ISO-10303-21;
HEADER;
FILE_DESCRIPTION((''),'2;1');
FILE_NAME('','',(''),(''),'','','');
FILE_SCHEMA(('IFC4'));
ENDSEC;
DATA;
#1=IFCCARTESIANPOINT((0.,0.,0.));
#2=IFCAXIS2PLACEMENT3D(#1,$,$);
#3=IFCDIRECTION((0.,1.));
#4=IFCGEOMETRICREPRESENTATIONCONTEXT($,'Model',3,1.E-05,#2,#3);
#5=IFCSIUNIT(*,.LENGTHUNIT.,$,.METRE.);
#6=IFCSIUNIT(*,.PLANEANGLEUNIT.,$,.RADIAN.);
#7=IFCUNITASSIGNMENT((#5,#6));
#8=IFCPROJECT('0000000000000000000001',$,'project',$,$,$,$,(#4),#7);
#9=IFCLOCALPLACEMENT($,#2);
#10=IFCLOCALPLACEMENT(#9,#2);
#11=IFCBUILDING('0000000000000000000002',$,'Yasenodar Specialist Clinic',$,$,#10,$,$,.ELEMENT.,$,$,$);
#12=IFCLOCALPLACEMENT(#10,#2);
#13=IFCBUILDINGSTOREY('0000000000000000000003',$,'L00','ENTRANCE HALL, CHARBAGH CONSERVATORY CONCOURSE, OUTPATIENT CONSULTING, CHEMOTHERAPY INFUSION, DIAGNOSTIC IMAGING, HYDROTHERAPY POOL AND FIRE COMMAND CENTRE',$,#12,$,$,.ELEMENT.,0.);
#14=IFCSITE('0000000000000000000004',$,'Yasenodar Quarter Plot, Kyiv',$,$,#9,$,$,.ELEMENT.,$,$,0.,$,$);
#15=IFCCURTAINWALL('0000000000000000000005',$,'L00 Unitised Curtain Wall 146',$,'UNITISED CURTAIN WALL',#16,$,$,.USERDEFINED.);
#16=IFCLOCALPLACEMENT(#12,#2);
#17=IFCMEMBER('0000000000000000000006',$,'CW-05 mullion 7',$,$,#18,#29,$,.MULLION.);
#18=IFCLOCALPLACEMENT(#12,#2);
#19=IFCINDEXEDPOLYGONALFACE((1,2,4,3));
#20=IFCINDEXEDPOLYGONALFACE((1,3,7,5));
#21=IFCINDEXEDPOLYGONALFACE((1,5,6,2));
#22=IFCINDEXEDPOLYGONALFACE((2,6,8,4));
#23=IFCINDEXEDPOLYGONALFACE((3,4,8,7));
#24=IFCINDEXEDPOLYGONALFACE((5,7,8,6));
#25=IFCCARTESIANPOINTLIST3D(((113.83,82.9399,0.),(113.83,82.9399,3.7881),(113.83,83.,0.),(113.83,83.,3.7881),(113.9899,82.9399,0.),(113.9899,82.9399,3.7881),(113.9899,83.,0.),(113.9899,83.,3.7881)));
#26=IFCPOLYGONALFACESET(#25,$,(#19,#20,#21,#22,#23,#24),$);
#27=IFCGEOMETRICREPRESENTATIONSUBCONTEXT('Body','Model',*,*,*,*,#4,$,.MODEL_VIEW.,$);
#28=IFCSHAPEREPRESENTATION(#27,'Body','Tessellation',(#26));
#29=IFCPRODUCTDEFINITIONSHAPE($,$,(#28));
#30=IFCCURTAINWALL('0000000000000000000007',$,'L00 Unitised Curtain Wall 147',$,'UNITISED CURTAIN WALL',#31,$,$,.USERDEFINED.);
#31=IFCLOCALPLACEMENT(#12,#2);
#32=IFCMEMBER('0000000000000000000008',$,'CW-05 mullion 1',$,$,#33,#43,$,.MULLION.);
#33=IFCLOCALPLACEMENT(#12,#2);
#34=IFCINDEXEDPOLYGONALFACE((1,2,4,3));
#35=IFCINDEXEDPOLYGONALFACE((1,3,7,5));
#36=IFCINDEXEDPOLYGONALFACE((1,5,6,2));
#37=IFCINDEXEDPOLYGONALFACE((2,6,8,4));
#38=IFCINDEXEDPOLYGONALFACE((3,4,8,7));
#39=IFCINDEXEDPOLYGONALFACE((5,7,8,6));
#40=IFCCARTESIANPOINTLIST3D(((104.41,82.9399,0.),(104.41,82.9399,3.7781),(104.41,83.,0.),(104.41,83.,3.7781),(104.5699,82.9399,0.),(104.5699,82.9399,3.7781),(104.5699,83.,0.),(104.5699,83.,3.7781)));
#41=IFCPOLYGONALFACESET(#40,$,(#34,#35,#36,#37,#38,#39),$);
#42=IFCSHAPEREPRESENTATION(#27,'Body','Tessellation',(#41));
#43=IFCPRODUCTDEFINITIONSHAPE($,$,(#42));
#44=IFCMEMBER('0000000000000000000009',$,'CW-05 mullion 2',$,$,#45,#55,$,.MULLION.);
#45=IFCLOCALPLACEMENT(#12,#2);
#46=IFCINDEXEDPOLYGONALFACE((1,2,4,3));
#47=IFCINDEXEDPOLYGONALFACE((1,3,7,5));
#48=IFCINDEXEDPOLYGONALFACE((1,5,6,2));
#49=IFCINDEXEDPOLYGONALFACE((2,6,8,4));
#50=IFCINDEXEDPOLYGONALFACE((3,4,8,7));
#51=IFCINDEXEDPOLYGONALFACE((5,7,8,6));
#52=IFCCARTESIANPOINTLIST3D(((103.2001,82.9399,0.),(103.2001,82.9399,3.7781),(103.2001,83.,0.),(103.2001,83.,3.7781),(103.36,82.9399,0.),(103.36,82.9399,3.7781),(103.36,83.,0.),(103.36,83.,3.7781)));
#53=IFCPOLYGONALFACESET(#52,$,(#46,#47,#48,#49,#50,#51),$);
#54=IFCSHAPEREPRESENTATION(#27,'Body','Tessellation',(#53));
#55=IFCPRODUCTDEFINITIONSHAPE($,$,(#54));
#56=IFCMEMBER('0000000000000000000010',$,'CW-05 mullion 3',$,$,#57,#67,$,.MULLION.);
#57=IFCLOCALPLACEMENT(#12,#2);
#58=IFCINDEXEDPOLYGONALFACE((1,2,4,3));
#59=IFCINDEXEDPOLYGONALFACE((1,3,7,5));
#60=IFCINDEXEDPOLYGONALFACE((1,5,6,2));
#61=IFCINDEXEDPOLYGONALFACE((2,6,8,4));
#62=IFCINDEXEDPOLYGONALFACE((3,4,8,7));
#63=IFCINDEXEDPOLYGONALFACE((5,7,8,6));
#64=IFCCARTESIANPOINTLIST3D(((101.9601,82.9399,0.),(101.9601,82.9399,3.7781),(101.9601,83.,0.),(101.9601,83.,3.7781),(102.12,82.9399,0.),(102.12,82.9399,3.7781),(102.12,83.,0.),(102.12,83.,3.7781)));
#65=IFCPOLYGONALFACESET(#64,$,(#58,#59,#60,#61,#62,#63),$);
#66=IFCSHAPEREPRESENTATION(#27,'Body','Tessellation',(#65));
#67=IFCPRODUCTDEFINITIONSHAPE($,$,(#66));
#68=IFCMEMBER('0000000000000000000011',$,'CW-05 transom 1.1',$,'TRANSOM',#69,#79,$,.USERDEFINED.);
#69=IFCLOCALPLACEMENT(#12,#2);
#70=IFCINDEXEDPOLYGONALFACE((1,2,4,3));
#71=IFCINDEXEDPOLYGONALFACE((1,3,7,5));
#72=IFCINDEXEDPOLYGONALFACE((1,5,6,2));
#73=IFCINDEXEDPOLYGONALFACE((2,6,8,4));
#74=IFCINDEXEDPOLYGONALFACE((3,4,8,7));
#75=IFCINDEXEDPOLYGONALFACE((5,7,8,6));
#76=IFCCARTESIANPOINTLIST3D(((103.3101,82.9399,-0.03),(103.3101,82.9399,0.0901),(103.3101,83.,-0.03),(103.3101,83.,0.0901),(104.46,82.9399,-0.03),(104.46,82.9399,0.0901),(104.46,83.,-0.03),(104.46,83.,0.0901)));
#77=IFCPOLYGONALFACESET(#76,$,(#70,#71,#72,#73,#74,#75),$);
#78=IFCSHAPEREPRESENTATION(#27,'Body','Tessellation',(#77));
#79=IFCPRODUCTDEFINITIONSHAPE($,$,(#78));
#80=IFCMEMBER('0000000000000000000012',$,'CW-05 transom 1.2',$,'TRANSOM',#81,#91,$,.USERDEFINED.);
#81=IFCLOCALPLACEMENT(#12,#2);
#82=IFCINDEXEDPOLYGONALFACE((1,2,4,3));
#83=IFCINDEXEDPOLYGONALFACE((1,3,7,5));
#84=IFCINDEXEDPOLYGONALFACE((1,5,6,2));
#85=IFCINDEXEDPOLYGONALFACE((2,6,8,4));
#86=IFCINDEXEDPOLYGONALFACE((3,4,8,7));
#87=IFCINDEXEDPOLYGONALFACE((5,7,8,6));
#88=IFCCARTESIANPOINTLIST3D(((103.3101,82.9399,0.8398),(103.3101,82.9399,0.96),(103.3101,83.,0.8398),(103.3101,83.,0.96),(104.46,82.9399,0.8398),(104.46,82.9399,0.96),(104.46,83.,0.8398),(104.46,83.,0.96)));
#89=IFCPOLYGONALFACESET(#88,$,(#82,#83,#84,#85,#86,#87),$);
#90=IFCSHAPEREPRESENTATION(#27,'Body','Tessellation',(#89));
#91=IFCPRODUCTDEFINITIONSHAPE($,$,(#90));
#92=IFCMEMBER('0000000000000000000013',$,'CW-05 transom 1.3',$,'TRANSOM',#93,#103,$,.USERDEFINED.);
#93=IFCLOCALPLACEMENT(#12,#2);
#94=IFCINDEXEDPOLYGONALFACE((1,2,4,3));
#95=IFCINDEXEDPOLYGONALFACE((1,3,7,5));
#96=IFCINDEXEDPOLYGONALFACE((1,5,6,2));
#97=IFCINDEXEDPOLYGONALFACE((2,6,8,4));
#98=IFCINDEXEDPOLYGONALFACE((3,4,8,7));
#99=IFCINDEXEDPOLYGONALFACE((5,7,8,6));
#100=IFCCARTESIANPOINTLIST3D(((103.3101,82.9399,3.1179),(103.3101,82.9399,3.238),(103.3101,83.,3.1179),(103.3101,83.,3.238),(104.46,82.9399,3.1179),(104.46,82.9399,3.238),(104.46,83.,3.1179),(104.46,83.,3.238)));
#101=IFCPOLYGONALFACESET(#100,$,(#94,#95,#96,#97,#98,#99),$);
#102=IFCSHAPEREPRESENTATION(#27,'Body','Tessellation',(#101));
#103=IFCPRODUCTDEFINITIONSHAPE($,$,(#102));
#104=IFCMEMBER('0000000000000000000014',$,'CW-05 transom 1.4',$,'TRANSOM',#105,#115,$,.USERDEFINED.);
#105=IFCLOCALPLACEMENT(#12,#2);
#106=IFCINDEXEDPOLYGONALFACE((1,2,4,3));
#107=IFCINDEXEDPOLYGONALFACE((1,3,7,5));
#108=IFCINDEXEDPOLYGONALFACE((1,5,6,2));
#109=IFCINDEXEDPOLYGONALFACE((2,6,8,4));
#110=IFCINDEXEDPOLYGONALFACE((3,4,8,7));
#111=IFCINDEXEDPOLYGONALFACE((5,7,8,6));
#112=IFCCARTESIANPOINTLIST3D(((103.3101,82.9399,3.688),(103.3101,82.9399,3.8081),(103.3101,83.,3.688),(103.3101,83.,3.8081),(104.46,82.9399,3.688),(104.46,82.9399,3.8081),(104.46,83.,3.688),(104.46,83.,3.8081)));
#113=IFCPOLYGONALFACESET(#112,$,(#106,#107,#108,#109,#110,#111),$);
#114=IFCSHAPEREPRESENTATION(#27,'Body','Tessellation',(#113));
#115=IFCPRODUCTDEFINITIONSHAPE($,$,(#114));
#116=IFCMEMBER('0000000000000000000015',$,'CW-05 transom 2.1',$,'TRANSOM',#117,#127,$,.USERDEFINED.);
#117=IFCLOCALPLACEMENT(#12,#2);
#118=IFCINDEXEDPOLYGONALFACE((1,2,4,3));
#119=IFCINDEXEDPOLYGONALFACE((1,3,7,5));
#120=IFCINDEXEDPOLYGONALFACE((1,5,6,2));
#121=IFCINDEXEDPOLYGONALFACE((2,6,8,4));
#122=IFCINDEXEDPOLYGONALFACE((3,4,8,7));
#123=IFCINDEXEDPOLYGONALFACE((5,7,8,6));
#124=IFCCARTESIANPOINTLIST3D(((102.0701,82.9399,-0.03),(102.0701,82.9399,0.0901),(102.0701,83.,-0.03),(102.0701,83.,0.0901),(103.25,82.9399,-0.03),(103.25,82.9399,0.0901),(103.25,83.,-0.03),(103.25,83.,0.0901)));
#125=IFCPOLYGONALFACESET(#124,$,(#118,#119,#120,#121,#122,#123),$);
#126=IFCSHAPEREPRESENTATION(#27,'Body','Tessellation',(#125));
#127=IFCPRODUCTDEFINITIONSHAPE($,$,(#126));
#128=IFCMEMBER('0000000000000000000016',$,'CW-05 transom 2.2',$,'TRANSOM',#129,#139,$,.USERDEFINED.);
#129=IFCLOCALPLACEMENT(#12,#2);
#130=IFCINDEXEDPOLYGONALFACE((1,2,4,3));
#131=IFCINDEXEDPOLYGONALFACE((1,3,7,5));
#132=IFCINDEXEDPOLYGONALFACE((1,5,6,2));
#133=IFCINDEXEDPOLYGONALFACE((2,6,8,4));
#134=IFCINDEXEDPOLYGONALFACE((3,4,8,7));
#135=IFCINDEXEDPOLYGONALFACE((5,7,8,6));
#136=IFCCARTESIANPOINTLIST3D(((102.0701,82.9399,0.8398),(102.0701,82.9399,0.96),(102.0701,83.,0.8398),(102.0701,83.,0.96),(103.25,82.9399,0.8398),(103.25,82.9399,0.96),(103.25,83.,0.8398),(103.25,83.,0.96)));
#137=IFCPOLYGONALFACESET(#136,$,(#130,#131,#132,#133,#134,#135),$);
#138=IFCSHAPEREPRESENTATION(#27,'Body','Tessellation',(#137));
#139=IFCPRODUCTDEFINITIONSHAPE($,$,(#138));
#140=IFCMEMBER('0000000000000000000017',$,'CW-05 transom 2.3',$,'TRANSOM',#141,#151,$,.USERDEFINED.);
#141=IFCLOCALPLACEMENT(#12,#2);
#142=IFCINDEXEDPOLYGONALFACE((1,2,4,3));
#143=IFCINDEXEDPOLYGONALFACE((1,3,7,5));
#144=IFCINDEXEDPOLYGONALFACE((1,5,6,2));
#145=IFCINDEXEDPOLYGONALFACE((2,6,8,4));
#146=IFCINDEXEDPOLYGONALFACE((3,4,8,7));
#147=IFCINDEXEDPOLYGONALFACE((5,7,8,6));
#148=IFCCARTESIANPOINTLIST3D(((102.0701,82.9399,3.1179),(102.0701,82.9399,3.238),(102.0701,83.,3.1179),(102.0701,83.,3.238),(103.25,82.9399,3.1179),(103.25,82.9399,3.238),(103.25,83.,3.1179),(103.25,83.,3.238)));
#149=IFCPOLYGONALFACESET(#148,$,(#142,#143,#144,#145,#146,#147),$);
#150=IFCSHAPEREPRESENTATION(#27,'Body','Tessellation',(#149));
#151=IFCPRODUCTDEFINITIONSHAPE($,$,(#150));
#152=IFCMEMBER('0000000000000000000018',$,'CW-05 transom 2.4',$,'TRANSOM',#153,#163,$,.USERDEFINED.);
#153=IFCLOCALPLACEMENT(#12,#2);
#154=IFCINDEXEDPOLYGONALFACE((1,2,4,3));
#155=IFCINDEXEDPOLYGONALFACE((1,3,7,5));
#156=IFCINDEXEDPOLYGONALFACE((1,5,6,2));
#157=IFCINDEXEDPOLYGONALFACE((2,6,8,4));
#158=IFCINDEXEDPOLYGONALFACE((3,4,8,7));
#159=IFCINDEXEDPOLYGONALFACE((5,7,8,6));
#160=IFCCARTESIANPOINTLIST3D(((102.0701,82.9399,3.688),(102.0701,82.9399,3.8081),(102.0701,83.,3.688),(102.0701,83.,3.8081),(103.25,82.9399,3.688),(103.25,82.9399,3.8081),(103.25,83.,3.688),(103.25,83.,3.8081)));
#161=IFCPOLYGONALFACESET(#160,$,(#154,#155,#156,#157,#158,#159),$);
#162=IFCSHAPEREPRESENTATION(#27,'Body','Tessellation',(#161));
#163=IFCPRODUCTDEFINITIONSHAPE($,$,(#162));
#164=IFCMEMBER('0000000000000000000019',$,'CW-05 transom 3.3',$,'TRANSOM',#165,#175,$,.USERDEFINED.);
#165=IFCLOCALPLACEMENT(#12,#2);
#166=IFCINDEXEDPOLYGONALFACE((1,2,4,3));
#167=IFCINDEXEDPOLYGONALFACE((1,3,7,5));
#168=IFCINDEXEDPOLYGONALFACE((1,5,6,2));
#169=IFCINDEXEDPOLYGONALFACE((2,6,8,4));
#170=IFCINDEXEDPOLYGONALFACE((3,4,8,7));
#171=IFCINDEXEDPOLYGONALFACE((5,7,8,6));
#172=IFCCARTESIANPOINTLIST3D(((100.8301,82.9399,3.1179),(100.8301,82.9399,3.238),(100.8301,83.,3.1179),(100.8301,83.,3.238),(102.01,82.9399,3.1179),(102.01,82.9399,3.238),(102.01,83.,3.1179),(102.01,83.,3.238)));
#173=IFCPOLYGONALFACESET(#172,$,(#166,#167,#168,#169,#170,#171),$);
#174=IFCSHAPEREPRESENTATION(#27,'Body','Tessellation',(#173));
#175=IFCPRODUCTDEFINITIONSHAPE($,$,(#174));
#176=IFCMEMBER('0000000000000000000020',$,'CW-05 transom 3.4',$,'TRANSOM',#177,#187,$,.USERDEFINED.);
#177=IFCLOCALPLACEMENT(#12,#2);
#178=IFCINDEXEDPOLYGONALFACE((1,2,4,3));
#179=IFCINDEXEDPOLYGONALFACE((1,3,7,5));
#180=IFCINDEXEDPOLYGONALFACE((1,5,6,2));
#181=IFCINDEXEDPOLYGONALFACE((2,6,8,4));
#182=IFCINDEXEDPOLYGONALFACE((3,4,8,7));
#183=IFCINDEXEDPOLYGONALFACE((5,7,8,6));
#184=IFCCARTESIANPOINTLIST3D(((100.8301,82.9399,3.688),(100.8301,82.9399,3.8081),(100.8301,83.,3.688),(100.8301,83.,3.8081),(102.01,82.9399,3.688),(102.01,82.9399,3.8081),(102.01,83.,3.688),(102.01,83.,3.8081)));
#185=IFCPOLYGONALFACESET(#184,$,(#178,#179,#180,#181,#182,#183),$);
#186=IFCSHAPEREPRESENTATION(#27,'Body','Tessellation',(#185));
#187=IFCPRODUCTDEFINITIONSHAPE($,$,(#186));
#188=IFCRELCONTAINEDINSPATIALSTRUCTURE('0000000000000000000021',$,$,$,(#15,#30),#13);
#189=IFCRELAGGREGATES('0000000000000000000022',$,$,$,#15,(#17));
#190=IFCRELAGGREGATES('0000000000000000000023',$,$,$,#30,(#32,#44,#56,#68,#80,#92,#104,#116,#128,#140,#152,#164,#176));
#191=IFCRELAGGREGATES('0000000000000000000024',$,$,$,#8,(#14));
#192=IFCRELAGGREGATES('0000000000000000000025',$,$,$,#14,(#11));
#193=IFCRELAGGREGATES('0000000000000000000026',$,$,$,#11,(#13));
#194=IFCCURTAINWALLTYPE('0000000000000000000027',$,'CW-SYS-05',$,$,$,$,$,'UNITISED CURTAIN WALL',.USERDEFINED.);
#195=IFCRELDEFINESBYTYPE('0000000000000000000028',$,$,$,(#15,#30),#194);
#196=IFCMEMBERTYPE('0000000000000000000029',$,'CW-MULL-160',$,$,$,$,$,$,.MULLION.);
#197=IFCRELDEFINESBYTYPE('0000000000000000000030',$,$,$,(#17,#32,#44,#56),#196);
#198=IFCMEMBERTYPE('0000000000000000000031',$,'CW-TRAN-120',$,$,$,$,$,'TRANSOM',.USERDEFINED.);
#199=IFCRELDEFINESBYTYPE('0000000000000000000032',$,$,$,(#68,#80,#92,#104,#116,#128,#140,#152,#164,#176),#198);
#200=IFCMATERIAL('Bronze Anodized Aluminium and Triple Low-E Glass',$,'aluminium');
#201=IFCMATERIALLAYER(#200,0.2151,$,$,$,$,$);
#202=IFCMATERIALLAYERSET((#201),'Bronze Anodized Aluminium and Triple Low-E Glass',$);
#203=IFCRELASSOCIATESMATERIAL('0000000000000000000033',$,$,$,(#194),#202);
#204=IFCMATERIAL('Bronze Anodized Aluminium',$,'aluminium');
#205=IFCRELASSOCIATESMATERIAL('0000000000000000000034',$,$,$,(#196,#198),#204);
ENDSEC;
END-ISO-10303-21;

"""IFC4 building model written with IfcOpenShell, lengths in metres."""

from ifc_helpers import new_model, si_unit, direction, frame, origin, origin_2d, place, context, subcontext, project, spatial, rectangle, extrude, material, layer, layer_set, material_profile, profile_set, type_object, element, aggregate, save


model = new_model("IFC4")

# Units and contexts
model_context = context("Model", 3, precision=1e-05, world=origin(), true_north=direction((0.0, 1.0)))
body_context = subcontext(model_context, "Body", "Model", "MODEL_VIEW")
ifc_project = project(units=[si_unit("LENGTHUNIT", "METRE"), si_unit("PLANEANGLEUNIT", "RADIAN")], contexts=[model_context])

# Site, building, storey
site_placement = place(None, origin())
site = spatial("IfcSite", under=ifc_project, at=site_placement, Name="Yasenodar Quarter Plot, Kyiv", CompositionType="ELEMENT", RefElevation=0.0)
building_placement = place(site_placement, origin())
building = spatial("IfcBuilding", under=site, at=building_placement, Name="Yasenodar Specialist Clinic", CompositionType="ELEMENT")
storey_placement = place(building_placement, origin())
storey = spatial("IfcBuildingStorey", under=building, at=storey_placement, Name="L00", Description="ENTRANCE HALL, CHARBAGH CONSERVATORY CONCOURSE, OUTPATIENT CONSULTING, CHEMOTHERAPY INFUSION, DIAGNOSTIC IMAGING, HYDROTHERAPY POOL AND FIRE COMMAND CENTRE", CompositionType="ELEMENT", Elevation=0.0)

# Curtain wall, member
ifc_material_1 = material(Name="Bronze Anodized Aluminium and Triple Low-E Glass", Category="aluminium")
ifc_layer_1 = layer(ifc_material_1, 0.2151)
ifc_layer_set_1 = layer_set([ifc_layer_1], Name="Bronze Anodized Aluminium and Triple Low-E Glass")
curtain_wall_type = type_object("IfcCurtainWallType", Name="CW-SYS-05", ElementType="UNITISED CURTAIN WALL", PredefinedType="USERDEFINED", material=ifc_layer_set_1)
curtain_wall_1_placement = place(storey_placement, origin())
curtain_wall_1 = element("IfcCurtainWall", 1, at=curtain_wall_1_placement, inside=storey, type_object=curtain_wall_type, Name="L00 Unitised Curtain Wall 146", ObjectType="UNITISED CURTAIN WALL", PredefinedType="USERDEFINED")
ifc_material_2 = material(Name="Bronze Anodized Aluminium", Category="aluminium")
ifc_material_profile_1 = material_profile(ifc_material_2, rectangle(XDim=0.0601, YDim=0.1599, at=origin_2d()), Name="CW-MULL 60x160")
ifc_profile_set_1 = profile_set([ifc_material_profile_1], Name="Bronze Anodized Aluminium")
member_type_1 = type_object("IfcMemberType", Name="CW-MULL-160", PredefinedType="MULLION", material=ifc_profile_set_1)
member_1_placement = place(storey_placement, frame((113.9099, 82.97, 0.0), z_axis=(0.0, 0.0, 1.0), x_axis=(0.0, -1.0, 0.0)))
member_1 = element("IfcMember", 2, at=member_1_placement, type_object=member_type_1, Name="CW-05 mullion 7", PredefinedType="MULLION", context=body_context, shape_type="SweptSolid", body=[
    extrude(rectangle(XDim=0.0601, YDim=0.1599, at=origin_2d()), origin(), (0.0, 0.0, 1.0), 3.7881),
])

# Curtain wall, members
curtain_wall_2_placement = place(storey_placement, origin())
curtain_wall_2 = element("IfcCurtainWall", 3, at=curtain_wall_2_placement, inside=storey, type_object=curtain_wall_type, Name="L00 Unitised Curtain Wall 147", ObjectType="UNITISED CURTAIN WALL", PredefinedType="USERDEFINED")
member_2_placement = place(storey_placement, frame((104.49, 82.97, 0.0), z_axis=(0.0, 0.0, 1.0), x_axis=(0.0, -1.0, 0.0)))
member_2 = element("IfcMember", 4, at=member_2_placement, type_object=member_type_1, Name="CW-05 mullion 1", PredefinedType="MULLION", context=body_context, shape_type="SweptSolid", body=[
    extrude(rectangle(XDim=0.0601, YDim=0.1599, at=origin_2d()), origin(), (0.0, 0.0, 1.0), 3.7781),
])
member_3_placement = place(storey_placement, frame((103.28, 82.97, 0.0), z_axis=(0.0, 0.0, 1.0), x_axis=(0.0, -1.0, 0.0)))
member_3 = element("IfcMember", 5, at=member_3_placement, type_object=member_type_1, Name="CW-05 mullion 2", PredefinedType="MULLION", context=body_context, shape_type="SweptSolid", body=[
    extrude(rectangle(XDim=0.0601, YDim=0.1599, at=origin_2d()), origin(), (0.0, 0.0, 1.0), 3.7781),
])
member_4_placement = place(storey_placement, frame((102.04, 82.97, 0.0), z_axis=(0.0, 0.0, 1.0), x_axis=(0.0, -1.0, 0.0)))
member_4 = element("IfcMember", 6, at=member_4_placement, type_object=member_type_1, Name="CW-05 mullion 3", PredefinedType="MULLION", context=body_context, shape_type="SweptSolid", body=[
    extrude(rectangle(XDim=0.0601, YDim=0.1599, at=origin_2d()), origin(), (0.0, 0.0, 1.0), 3.7781),
])
ifc_material_profile_2 = material_profile(ifc_material_2, rectangle(XDim=0.0601, YDim=0.1201, at=origin_2d()), Name="CW-TRAN 60x120")
ifc_profile_set_2 = profile_set([ifc_material_profile_2], Name="Bronze Anodized Aluminium")
member_type_2 = type_object("IfcMemberType", Name="CW-TRAN-120", ElementType="TRANSOM", PredefinedType="USERDEFINED", material=ifc_profile_set_2)
member_5_placement = place(storey_placement, frame((104.46, 82.97, 0.03), z_axis=(-1.0, 0.0, 0.0), x_axis=(0.0, -1.0, 0.0)))
member_5 = element("IfcMember", 7, at=member_5_placement, type_object=member_type_2, Name="CW-05 transom 1.1", ObjectType="TRANSOM", PredefinedType="USERDEFINED", context=body_context, shape_type="SweptSolid", body=[
    extrude(rectangle(XDim=0.0601, YDim=0.1201, at=origin_2d()), origin(), (0.0, 0.0, 1.0), 1.1499),
])
member_6_placement = place(storey_placement, frame((104.46, 82.97, 0.8999), z_axis=(-1.0, 0.0, 0.0), x_axis=(0.0, -1.0, 0.0)))
member_6 = element("IfcMember", 8, at=member_6_placement, type_object=member_type_2, Name="CW-05 transom 1.2", ObjectType="TRANSOM", PredefinedType="USERDEFINED", context=body_context, shape_type="SweptSolid", body=[
    extrude(rectangle(XDim=0.0601, YDim=0.1201, at=origin_2d()), origin(), (0.0, 0.0, 1.0), 1.1499),
])
member_7_placement = place(storey_placement, frame((104.46, 82.97, 3.178), z_axis=(-1.0, 0.0, 0.0), x_axis=(0.0, -1.0, 0.0)))
member_7 = element("IfcMember", 9, at=member_7_placement, type_object=member_type_2, Name="CW-05 transom 1.3", ObjectType="TRANSOM", PredefinedType="USERDEFINED", context=body_context, shape_type="SweptSolid", body=[
    extrude(rectangle(XDim=0.0601, YDim=0.1201, at=origin_2d()), origin(), (0.0, 0.0, 1.0), 1.1499),
])
member_8_placement = place(storey_placement, frame((104.46, 82.97, 3.748), z_axis=(-1.0, 0.0, 0.0), x_axis=(0.0, -1.0, 0.0)))
member_8 = element("IfcMember", 10, at=member_8_placement, type_object=member_type_2, Name="CW-05 transom 1.4", ObjectType="TRANSOM", PredefinedType="USERDEFINED", context=body_context, shape_type="SweptSolid", body=[
    extrude(rectangle(XDim=0.0601, YDim=0.1201, at=origin_2d()), origin(), (0.0, 0.0, 1.0), 1.1499),
])
member_9_placement = place(storey_placement, frame((103.25, 82.97, 0.03), z_axis=(-1.0, 0.0, 0.0), x_axis=(0.0, -1.0, 0.0)))
member_9 = element("IfcMember", 11, at=member_9_placement, type_object=member_type_2, Name="CW-05 transom 2.1", ObjectType="TRANSOM", PredefinedType="USERDEFINED", context=body_context, shape_type="SweptSolid", body=[
    extrude(rectangle(XDim=0.0601, YDim=0.1201, at=origin_2d()), origin(), (0.0, 0.0, 1.0), 1.1799),
])
member_10_placement = place(storey_placement, frame((103.25, 82.97, 0.8999), z_axis=(-1.0, 0.0, 0.0), x_axis=(0.0, -1.0, 0.0)))
member_10 = element("IfcMember", 12, at=member_10_placement, type_object=member_type_2, Name="CW-05 transom 2.2", ObjectType="TRANSOM", PredefinedType="USERDEFINED", context=body_context, shape_type="SweptSolid", body=[
    extrude(rectangle(XDim=0.0601, YDim=0.1201, at=origin_2d()), origin(), (0.0, 0.0, 1.0), 1.1799),
])
member_11_placement = place(storey_placement, frame((103.25, 82.97, 3.178), z_axis=(-1.0, 0.0, 0.0), x_axis=(0.0, -1.0, 0.0)))
member_11 = element("IfcMember", 13, at=member_11_placement, type_object=member_type_2, Name="CW-05 transom 2.3", ObjectType="TRANSOM", PredefinedType="USERDEFINED", context=body_context, shape_type="SweptSolid", body=[
    extrude(rectangle(XDim=0.0601, YDim=0.1201, at=origin_2d()), origin(), (0.0, 0.0, 1.0), 1.1799),
])
member_12_placement = place(storey_placement, frame((103.25, 82.97, 3.748), z_axis=(-1.0, 0.0, 0.0), x_axis=(0.0, -1.0, 0.0)))
member_12 = element("IfcMember", 14, at=member_12_placement, type_object=member_type_2, Name="CW-05 transom 2.4", ObjectType="TRANSOM", PredefinedType="USERDEFINED", context=body_context, shape_type="SweptSolid", body=[
    extrude(rectangle(XDim=0.0601, YDim=0.1201, at=origin_2d()), origin(), (0.0, 0.0, 1.0), 1.1799),
])
member_13_placement = place(storey_placement, frame((102.01, 82.97, 3.178), z_axis=(-1.0, 0.0, 0.0), x_axis=(0.0, -1.0, 0.0)))
member_13 = element("IfcMember", 15, at=member_13_placement, type_object=member_type_2, Name="CW-05 transom 3.3", ObjectType="TRANSOM", PredefinedType="USERDEFINED", context=body_context, shape_type="SweptSolid", body=[
    extrude(rectangle(XDim=0.0601, YDim=0.1201, at=origin_2d()), origin(), (0.0, 0.0, 1.0), 1.1799),
])
member_14_placement = place(storey_placement, frame((102.01, 82.97, 3.748), z_axis=(-1.0, 0.0, 0.0), x_axis=(0.0, -1.0, 0.0)))
member_14 = element("IfcMember", 16, at=member_14_placement, type_object=member_type_2, Name="CW-05 transom 3.4", ObjectType="TRANSOM", PredefinedType="USERDEFINED", context=body_context, shape_type="SweptSolid", body=[
    extrude(rectangle(XDim=0.0601, YDim=0.1201, at=origin_2d()), origin(), (0.0, 0.0, 1.0), 1.1799),
])

aggregate(curtain_wall_1, [member_1])
aggregate(curtain_wall_2, [member_2, member_3, member_4, member_5, member_6, member_7, member_8, member_9, member_10, member_11, member_12, member_13, member_14])

save(model, "model.ifc")
